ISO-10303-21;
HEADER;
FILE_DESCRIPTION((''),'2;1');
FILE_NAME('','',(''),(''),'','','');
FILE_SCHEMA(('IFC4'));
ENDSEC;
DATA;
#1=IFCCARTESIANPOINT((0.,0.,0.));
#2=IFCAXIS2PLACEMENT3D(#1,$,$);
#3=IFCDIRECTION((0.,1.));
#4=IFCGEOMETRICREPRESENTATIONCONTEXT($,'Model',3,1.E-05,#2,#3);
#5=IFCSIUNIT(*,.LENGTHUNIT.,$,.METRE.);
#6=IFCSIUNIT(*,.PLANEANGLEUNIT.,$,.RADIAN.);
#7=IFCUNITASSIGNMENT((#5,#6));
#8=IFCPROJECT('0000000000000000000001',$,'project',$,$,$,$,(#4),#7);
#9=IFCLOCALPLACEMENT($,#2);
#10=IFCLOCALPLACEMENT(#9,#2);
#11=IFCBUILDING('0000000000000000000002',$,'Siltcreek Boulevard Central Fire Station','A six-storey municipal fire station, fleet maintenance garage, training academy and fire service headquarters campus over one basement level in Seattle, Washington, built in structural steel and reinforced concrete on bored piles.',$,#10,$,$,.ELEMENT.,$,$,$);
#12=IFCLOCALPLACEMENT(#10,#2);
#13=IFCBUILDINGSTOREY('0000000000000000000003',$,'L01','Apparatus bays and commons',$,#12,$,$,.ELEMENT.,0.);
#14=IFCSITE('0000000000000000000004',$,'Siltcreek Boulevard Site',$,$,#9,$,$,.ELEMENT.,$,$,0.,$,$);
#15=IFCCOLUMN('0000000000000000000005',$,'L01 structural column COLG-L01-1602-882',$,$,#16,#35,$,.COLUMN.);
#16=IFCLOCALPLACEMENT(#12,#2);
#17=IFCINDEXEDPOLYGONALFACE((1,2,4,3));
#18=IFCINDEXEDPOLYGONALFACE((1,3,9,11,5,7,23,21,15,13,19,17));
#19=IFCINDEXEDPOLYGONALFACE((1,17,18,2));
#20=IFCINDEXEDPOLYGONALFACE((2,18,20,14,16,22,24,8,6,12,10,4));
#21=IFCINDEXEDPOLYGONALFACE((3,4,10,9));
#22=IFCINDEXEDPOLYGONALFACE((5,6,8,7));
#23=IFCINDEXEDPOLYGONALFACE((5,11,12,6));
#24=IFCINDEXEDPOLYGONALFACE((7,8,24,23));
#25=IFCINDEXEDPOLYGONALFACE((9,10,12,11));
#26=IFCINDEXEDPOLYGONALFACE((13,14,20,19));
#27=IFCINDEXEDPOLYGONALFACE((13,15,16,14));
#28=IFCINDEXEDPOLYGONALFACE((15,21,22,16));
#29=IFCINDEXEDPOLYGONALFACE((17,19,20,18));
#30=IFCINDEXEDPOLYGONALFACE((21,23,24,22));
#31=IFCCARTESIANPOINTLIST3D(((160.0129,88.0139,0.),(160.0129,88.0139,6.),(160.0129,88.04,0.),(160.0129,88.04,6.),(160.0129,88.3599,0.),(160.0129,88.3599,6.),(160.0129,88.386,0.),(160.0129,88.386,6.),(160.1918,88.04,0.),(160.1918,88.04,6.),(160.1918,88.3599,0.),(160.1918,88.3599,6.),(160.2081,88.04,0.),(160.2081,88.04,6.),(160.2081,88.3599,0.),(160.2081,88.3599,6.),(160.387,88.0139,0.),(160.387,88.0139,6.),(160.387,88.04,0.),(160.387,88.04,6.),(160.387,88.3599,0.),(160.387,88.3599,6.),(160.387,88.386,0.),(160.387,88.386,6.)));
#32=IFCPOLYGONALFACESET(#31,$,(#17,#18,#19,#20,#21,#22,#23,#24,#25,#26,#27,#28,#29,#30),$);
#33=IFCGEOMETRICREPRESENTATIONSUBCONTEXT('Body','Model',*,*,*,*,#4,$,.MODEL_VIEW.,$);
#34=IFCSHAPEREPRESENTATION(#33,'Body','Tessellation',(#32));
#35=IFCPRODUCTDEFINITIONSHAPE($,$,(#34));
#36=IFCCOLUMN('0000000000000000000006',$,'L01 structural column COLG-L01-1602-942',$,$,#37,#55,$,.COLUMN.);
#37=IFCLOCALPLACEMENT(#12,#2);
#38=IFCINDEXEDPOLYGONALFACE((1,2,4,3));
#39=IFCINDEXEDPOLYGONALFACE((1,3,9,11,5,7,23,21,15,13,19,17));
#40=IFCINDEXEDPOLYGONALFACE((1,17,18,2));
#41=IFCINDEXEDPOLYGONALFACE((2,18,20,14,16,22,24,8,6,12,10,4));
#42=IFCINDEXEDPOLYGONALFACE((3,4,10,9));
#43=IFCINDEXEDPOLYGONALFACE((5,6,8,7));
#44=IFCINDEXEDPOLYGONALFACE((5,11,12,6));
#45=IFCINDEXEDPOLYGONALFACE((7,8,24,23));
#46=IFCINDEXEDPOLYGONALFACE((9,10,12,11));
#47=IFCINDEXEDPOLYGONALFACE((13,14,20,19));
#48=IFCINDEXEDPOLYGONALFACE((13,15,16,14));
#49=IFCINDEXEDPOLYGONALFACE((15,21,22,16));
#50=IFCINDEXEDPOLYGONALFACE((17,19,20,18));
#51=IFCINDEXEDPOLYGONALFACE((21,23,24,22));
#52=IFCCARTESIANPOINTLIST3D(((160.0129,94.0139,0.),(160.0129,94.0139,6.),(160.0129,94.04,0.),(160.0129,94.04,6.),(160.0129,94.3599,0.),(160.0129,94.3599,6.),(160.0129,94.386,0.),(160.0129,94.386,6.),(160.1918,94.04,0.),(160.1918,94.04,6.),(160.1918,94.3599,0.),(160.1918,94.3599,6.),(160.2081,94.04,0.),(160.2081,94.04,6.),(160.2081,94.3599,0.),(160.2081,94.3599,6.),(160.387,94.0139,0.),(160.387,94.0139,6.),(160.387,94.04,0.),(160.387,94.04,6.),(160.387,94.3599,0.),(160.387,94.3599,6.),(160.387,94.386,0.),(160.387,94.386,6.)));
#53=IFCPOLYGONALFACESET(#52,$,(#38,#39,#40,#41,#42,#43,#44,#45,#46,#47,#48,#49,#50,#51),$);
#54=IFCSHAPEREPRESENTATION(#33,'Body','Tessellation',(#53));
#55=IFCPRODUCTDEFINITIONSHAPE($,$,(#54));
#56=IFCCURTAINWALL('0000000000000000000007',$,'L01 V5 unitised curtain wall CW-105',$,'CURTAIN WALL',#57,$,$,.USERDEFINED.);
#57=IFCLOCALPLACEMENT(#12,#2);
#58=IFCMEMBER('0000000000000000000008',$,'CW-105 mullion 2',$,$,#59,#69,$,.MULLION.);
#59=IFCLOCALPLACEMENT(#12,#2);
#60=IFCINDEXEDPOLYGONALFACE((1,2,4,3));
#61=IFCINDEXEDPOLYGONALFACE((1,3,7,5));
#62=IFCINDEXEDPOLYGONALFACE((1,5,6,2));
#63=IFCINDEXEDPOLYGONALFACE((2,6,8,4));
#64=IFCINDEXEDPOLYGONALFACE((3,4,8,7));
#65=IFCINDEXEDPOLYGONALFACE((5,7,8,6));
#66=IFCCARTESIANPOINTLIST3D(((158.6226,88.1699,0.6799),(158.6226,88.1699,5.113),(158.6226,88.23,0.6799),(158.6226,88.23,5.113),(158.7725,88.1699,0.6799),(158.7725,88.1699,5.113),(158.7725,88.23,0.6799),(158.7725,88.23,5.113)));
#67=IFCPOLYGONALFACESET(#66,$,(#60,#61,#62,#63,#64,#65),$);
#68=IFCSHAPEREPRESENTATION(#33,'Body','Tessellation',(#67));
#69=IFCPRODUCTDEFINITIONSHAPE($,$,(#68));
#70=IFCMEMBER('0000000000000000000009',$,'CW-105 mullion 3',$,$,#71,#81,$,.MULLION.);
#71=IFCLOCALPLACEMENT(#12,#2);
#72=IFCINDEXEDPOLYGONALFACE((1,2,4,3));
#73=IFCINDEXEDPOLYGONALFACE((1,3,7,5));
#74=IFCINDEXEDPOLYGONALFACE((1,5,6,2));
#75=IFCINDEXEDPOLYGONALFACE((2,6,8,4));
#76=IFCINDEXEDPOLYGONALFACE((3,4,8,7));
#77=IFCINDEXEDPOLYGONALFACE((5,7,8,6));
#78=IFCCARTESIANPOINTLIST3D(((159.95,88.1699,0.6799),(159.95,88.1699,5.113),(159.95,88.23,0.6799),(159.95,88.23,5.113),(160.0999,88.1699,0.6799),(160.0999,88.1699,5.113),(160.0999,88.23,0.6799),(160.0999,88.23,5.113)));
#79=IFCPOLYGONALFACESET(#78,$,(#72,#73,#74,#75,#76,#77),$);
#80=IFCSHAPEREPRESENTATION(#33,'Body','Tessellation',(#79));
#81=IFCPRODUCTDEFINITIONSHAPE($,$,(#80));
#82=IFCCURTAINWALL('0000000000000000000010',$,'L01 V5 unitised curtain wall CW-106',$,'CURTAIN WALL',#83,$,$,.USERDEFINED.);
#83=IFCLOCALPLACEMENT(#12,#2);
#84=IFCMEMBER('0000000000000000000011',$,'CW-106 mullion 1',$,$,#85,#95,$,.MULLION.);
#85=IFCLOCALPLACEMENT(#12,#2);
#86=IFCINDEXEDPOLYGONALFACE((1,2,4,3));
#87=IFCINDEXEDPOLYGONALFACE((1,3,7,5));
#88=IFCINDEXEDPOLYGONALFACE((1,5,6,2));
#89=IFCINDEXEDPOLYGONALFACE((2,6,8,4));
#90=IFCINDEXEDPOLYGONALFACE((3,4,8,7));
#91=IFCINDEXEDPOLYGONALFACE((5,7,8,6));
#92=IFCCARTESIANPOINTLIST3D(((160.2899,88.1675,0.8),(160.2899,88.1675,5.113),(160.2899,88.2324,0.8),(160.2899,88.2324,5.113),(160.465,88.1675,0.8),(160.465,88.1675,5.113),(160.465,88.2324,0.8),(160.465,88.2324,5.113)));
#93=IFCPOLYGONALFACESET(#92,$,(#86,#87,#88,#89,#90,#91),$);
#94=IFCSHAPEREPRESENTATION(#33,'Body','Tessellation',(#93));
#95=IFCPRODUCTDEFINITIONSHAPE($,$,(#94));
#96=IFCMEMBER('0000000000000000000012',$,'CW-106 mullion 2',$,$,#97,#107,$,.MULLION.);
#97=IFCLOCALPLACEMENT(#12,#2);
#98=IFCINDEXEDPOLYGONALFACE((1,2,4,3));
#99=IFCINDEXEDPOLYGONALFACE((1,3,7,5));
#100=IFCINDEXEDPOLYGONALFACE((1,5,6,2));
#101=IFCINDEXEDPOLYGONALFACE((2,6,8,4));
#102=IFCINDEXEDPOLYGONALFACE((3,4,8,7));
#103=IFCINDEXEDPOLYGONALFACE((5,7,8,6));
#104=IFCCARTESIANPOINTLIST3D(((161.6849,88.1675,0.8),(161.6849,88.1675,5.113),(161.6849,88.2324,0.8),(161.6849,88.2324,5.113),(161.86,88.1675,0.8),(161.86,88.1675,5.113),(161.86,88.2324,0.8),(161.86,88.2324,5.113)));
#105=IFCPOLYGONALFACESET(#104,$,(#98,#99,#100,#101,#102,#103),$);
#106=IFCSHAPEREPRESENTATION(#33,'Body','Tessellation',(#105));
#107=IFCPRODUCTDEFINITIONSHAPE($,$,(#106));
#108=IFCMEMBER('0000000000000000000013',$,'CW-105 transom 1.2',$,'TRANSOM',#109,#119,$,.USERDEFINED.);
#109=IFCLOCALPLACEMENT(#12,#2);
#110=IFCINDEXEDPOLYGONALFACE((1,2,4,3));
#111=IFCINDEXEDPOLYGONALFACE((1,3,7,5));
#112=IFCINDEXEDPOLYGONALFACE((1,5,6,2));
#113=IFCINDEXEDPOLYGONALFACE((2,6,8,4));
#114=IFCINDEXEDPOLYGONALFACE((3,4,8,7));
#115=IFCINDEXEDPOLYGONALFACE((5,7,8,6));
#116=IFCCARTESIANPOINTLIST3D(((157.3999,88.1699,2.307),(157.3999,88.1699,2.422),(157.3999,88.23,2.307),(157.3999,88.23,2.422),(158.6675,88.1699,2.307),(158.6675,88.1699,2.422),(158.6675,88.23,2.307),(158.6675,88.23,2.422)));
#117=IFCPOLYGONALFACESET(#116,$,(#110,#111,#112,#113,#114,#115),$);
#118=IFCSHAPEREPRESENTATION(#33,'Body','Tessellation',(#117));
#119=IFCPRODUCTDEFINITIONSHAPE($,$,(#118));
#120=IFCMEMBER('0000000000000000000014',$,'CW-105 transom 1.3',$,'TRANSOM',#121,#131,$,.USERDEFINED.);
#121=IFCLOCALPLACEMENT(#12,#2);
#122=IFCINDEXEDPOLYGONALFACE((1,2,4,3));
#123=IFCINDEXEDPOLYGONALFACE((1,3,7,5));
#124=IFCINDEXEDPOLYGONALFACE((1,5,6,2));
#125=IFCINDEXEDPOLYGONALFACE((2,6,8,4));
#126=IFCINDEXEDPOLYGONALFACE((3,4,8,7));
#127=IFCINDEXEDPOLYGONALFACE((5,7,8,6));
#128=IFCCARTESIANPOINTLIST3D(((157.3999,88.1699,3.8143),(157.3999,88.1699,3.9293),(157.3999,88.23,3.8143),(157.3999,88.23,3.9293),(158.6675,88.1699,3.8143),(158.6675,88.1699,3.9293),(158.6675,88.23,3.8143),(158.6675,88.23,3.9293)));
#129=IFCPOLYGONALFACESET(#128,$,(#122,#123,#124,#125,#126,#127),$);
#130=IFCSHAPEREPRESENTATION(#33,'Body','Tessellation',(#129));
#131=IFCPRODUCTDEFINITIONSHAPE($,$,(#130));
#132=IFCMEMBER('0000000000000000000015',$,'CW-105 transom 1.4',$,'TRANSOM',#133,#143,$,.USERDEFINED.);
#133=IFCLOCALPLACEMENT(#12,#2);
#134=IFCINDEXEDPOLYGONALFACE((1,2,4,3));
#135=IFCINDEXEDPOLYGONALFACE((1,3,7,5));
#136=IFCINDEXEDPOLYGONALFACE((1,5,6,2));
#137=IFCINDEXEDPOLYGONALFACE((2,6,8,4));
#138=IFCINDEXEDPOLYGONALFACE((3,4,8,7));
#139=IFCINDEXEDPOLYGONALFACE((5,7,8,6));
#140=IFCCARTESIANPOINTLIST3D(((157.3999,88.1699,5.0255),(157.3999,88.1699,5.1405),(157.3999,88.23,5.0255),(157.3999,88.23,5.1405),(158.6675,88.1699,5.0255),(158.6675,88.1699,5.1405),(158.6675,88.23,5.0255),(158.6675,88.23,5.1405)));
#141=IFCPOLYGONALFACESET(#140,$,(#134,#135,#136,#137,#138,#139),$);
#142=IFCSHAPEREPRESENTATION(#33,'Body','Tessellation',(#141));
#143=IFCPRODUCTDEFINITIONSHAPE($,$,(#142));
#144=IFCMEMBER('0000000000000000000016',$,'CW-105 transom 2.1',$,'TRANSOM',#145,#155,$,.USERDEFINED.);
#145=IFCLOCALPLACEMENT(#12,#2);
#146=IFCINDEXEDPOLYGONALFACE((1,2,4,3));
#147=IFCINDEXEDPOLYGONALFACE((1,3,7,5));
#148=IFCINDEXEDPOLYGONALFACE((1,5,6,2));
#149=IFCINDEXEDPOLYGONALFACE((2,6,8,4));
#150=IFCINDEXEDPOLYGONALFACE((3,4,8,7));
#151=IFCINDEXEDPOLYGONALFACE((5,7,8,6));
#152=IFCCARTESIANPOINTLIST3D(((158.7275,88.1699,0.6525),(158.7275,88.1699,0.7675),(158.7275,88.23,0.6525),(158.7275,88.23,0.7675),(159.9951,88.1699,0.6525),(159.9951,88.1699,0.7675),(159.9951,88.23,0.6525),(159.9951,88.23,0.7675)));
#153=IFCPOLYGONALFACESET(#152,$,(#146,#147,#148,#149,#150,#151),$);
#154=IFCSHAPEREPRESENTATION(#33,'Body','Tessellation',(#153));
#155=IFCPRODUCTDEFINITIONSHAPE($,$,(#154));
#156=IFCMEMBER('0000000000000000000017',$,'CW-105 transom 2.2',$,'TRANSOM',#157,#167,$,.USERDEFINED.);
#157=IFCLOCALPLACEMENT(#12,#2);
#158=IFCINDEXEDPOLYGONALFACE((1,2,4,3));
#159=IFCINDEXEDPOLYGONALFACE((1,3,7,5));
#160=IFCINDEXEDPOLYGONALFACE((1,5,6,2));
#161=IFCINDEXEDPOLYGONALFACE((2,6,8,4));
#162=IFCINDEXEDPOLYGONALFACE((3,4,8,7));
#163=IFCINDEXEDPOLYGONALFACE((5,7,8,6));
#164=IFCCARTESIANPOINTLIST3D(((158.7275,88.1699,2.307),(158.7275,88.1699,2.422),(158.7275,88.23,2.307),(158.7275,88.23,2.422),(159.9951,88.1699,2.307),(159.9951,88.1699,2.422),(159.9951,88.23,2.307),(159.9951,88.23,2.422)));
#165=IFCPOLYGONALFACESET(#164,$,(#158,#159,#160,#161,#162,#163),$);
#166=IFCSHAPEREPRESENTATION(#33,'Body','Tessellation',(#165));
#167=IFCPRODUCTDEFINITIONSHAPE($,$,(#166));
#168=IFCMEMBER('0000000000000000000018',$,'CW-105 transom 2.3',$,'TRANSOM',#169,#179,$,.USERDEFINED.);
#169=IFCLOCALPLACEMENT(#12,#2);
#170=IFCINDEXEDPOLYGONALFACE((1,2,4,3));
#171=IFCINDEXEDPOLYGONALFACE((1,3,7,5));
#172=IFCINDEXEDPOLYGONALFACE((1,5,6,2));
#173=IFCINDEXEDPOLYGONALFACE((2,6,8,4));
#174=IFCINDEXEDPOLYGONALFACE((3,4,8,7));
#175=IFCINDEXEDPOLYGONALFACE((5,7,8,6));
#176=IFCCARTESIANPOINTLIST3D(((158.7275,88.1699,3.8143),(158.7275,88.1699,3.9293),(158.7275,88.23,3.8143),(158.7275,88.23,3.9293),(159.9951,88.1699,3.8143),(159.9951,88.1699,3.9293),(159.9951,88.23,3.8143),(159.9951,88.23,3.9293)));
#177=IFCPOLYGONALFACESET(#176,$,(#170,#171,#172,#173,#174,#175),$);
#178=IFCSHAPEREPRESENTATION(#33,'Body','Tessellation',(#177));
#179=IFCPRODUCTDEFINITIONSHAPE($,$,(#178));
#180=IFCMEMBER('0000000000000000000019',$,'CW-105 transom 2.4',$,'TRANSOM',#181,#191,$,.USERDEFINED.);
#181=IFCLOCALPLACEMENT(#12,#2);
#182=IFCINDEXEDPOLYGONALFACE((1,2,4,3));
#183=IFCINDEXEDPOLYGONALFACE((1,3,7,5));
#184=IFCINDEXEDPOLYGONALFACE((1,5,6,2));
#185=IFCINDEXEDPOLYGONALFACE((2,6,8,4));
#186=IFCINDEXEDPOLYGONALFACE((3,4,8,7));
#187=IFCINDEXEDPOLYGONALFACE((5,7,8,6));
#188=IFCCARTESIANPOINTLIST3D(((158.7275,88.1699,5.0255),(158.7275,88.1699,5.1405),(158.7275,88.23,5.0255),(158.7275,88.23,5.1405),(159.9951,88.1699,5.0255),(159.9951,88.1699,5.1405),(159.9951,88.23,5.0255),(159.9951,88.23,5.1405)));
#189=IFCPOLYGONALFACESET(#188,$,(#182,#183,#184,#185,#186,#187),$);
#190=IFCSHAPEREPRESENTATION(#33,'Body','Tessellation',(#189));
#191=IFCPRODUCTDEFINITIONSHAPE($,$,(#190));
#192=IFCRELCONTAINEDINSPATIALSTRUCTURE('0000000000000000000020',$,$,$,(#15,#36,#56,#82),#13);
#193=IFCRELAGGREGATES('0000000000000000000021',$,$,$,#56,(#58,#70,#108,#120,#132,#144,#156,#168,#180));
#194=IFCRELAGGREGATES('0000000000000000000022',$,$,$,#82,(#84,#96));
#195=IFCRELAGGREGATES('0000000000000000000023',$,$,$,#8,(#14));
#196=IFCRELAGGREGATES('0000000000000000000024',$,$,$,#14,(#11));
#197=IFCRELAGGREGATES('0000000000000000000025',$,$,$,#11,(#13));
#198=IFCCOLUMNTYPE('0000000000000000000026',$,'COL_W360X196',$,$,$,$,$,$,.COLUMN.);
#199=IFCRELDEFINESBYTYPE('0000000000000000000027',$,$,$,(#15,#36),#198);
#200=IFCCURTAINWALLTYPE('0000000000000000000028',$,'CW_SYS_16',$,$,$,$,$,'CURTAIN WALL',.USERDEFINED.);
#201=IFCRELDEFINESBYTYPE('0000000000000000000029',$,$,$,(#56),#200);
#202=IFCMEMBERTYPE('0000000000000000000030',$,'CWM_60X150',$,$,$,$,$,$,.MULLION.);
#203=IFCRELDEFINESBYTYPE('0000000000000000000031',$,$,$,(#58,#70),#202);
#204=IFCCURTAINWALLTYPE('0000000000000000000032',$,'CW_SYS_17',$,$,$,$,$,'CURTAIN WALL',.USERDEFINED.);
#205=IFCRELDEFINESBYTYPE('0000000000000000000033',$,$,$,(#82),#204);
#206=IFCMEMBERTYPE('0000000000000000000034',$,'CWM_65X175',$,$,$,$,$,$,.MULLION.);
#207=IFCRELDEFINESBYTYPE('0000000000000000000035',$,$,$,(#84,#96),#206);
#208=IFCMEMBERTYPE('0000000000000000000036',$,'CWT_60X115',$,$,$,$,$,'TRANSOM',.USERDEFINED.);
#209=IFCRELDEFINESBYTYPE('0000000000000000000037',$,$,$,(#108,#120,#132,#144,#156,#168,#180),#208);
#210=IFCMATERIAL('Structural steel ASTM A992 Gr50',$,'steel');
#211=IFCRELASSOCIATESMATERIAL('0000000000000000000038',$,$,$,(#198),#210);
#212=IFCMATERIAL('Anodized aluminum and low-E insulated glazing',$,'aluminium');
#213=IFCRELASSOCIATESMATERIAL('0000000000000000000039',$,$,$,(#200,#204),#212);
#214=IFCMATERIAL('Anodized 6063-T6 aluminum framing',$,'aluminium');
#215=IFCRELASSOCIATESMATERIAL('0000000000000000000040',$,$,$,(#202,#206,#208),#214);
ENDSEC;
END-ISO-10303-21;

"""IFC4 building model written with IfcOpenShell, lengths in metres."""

from ifc_helpers import new_model, si_unit, direction, frame, origin, origin_2d, place, context, subcontext, project, spatial, rectangle, i_section, extrude, material, material_profile, profile_set, type_object, element, aggregate, save


model = new_model("IFC4")

# Units and contexts
model_context = context("Model", 3, precision=1e-05, world=origin(), true_north=direction((0.0, 1.0)))
body_context = subcontext(model_context, "Body", "Model", "MODEL_VIEW")
ifc_project = project(units=[si_unit("LENGTHUNIT", "METRE"), si_unit("PLANEANGLEUNIT", "RADIAN")], contexts=[model_context])

# Site, building, storey
site_placement = place(None, origin())
site = spatial("IfcSite", under=ifc_project, at=site_placement, Name="Siltcreek Boulevard Site", CompositionType="ELEMENT", RefElevation=0.0)
building_placement = place(site_placement, origin())
building = spatial("IfcBuilding", under=site, at=building_placement, Name="Siltcreek Boulevard Central Fire Station", Description="A six-storey municipal fire station, fleet maintenance garage, training academy and fire service headquarters campus over one basement level in Seattle, Washington, built in structural steel and reinforced concrete on bored piles.", CompositionType="ELEMENT")
storey_placement = place(building_placement, origin())
storey = spatial("IfcBuildingStorey", under=building, at=storey_placement, Name="L01", Description="Apparatus bays and commons", CompositionType="ELEMENT", Elevation=0.0)

# Columns
ifc_material_1 = material(Name="Structural steel ASTM A992 Gr50", Category="steel")
ifc_material_profile_1 = material_profile(ifc_material_1, i_section(OverallWidth=0.374, OverallDepth=0.3721, WebThickness=0.0164, FlangeThickness=0.0261, at=origin_2d()), Name="W360X196")
ifc_profile_set_1 = profile_set([ifc_material_profile_1], Name="Structural steel ASTM A992 Gr50")
column_type = type_object("IfcColumnType", Name="COL_W360X196", PredefinedType="COLUMN", material=ifc_profile_set_1)
for number, where, z_axis, x_axis, name in (
    (1, (160.2, 88.2, 0.0), (0.0, 0.0, 1.0), (1.0, 0.0, 0.0), "L01 structural column COLG-L01-1602-882"),
    (2, (160.2, 94.2, 0.0), (0.0, 0.0, 1.0), (1.0, 0.0, 0.0), "L01 structural column COLG-L01-1602-942"),
):
    element("IfcColumn", number, at=place(storey_placement, frame(where, z_axis=z_axis, x_axis=x_axis)), inside=storey, type_object=column_type, Name=name, PredefinedType="COLUMN", context=body_context, shape_type="SweptSolid", body=[
        extrude(i_section(OverallWidth=0.374, OverallDepth=0.3721, WebThickness=0.0164, FlangeThickness=0.0261, at=origin_2d()), origin(), (0.0, 0.0, 1.0), 6.0),
    ])

# Curtain walls, members
ifc_material_2 = material(Name="Anodized aluminum and low-E insulated glazing", Category="aluminium")
curtain_wall_type_1 = type_object("IfcCurtainWallType", Name="CW_SYS_16", ElementType="CURTAIN WALL", PredefinedType="USERDEFINED", material=ifc_material_2)
curtain_wall_1_placement = place(storey_placement, origin())
curtain_wall_1 = element("IfcCurtainWall", 3, at=curtain_wall_1_placement, inside=storey, type_object=curtain_wall_type_1, Name="L01 V5 unitised curtain wall CW-105", ObjectType="CURTAIN WALL", PredefinedType="USERDEFINED")
ifc_material_3 = material(Name="Anodized 6063-T6 aluminum framing", Category="aluminium")
ifc_material_profile_2 = material_profile(ifc_material_3, rectangle(XDim=0.0601, YDim=0.1499, at=origin_2d()), Name="MULL60X150")
ifc_profile_set_2 = profile_set([ifc_material_profile_2], Name="Anodized 6063-T6 aluminum framing")
member_type_1 = type_object("IfcMemberType", Name="CWM_60X150", PredefinedType="MULLION", material=ifc_profile_set_2)
member_1_placement = place(storey_placement, frame((158.6975, 88.2, 0.6799), z_axis=(0.0, 0.0, 1.0), x_axis=(0.0, 1.0, 0.0)))
member_1 = element("IfcMember", 4, at=member_1_placement, type_object=member_type_1, Name="CW-105 mullion 2", PredefinedType="MULLION", context=body_context, shape_type="SweptSolid", body=[
    extrude(rectangle(XDim=0.0601, YDim=0.1499, at=origin_2d()), origin(), (0.0, 0.0, 1.0), 4.4331),
])
member_2_placement = place(storey_placement, frame((160.0249, 88.2, 0.6799), z_axis=(0.0, 0.0, 1.0), x_axis=(0.0, 1.0, 0.0)))
member_2 = element("IfcMember", 5, at=member_2_placement, type_object=member_type_1, Name="CW-105 mullion 3", PredefinedType="MULLION", context=body_context, shape_type="SweptSolid", body=[
    extrude(rectangle(XDim=0.0601, YDim=0.1499, at=origin_2d()), origin(), (0.0, 0.0, 1.0), 4.4331),
])
curtain_wall_type_2 = type_object("IfcCurtainWallType", Name="CW_SYS_17", ElementType="CURTAIN WALL", PredefinedType="USERDEFINED", material=ifc_material_2)
curtain_wall_2_placement = place(storey_placement, origin())
curtain_wall_2 = element("IfcCurtainWall", 6, at=curtain_wall_2_placement, inside=storey, type_object=curtain_wall_type_2, Name="L01 V5 unitised curtain wall CW-106", ObjectType="CURTAIN WALL", PredefinedType="USERDEFINED")
ifc_material_profile_3 = material_profile(ifc_material_3, rectangle(XDim=0.0649, YDim=0.175, at=origin_2d()), Name="MULL65X175")
ifc_profile_set_3 = profile_set([ifc_material_profile_3], Name="Anodized 6063-T6 aluminum framing")
member_type_2 = type_object("IfcMemberType", Name="CWM_65X175", PredefinedType="MULLION", material=ifc_profile_set_3)
member_3_placement = place(storey_placement, frame((160.3774, 88.2, 0.8), z_axis=(0.0, 0.0, 1.0), x_axis=(0.0, 1.0, 0.0)))
member_3 = element("IfcMember", 7, at=member_3_placement, type_object=member_type_2, Name="CW-106 mullion 1", PredefinedType="MULLION", context=body_context, shape_type="SweptSolid", body=[
    extrude(rectangle(XDim=0.0649, YDim=0.175, at=origin_2d()), origin(), (0.0, 0.0, 1.0), 4.313),
])
member_4_placement = place(storey_placement, frame((161.7725, 88.2, 0.8), z_axis=(0.0, 0.0, 1.0), x_axis=(0.0, 1.0, 0.0)))
member_4 = element("IfcMember", 8, at=member_4_placement, type_object=member_type_2, Name="CW-106 mullion 2", PredefinedType="MULLION", context=body_context, shape_type="SweptSolid", body=[
    extrude(rectangle(XDim=0.0649, YDim=0.175, at=origin_2d()), origin(), (0.0, 0.0, 1.0), 4.313),
])

# Members
ifc_material_profile_4 = material_profile(ifc_material_3, rectangle(XDim=0.0601, YDim=0.115, at=origin_2d()), Name="TRAN60X115")
ifc_profile_set_4 = profile_set([ifc_material_profile_4], Name="Anodized 6063-T6 aluminum framing")
member_type_3 = type_object("IfcMemberType", Name="CWT_60X115", ElementType="TRANSOM", PredefinedType="USERDEFINED", material=ifc_profile_set_4)
member_5_placement = place(storey_placement, frame((157.3999, 88.2, 2.3645), z_axis=(1.0, 0.0, 0.0), x_axis=(0.0, 1.0, 0.0)))
member_5 = element("IfcMember", 9, at=member_5_placement, type_object=member_type_3, Name="CW-105 transom 1.2", ObjectType="TRANSOM", PredefinedType="USERDEFINED", context=body_context, shape_type="SweptSolid", body=[
    extrude(rectangle(XDim=0.0601, YDim=0.115, at=origin_2d()), origin(), (0.0, 0.0, 1.0), 1.2676),
])
member_6_placement = place(storey_placement, frame((157.3999, 88.2, 3.8718), z_axis=(1.0, 0.0, 0.0), x_axis=(0.0, 1.0, 0.0)))
member_6 = element("IfcMember", 10, at=member_6_placement, type_object=member_type_3, Name="CW-105 transom 1.3", ObjectType="TRANSOM", PredefinedType="USERDEFINED", context=body_context, shape_type="SweptSolid", body=[
    extrude(rectangle(XDim=0.0601, YDim=0.115, at=origin_2d()), origin(), (0.0, 0.0, 1.0), 1.2676),
])
member_7_placement = place(storey_placement, frame((157.3999, 88.2, 5.083), z_axis=(1.0, 0.0, 0.0), x_axis=(0.0, 1.0, 0.0)))
member_7 = element("IfcMember", 11, at=member_7_placement, type_object=member_type_3, Name="CW-105 transom 1.4", ObjectType="TRANSOM", PredefinedType="USERDEFINED", context=body_context, shape_type="SweptSolid", body=[
    extrude(rectangle(XDim=0.0601, YDim=0.115, at=origin_2d()), origin(), (0.0, 0.0, 1.0), 1.2676),
])
member_8_placement = place(storey_placement, frame((158.7275, 88.2, 0.71), z_axis=(1.0, 0.0, 0.0), x_axis=(0.0, 1.0, 0.0)))
member_8 = element("IfcMember", 12, at=member_8_placement, type_object=member_type_3, Name="CW-105 transom 2.1", ObjectType="TRANSOM", PredefinedType="USERDEFINED", context=body_context, shape_type="SweptSolid", body=[
    extrude(rectangle(XDim=0.0601, YDim=0.115, at=origin_2d()), origin(), (0.0, 0.0, 1.0), 1.2676),
])
member_9_placement = place(storey_placement, frame((158.7275, 88.2, 2.3645), z_axis=(1.0, 0.0, 0.0), x_axis=(0.0, 1.0, 0.0)))
member_9 = element("IfcMember", 13, at=member_9_placement, type_object=member_type_3, Name="CW-105 transom 2.2", ObjectType="TRANSOM", PredefinedType="USERDEFINED", context=body_context, shape_type="SweptSolid", body=[
    extrude(rectangle(XDim=0.0601, YDim=0.115, at=origin_2d()), origin(), (0.0, 0.0, 1.0), 1.2676),
])
member_10_placement = place(storey_placement, frame((158.7275, 88.2, 3.8718), z_axis=(1.0, 0.0, 0.0), x_axis=(0.0, 1.0, 0.0)))
member_10 = element("IfcMember", 14, at=member_10_placement, type_object=member_type_3, Name="CW-105 transom 2.3", ObjectType="TRANSOM", PredefinedType="USERDEFINED", context=body_context, shape_type="SweptSolid", body=[
    extrude(rectangle(XDim=0.0601, YDim=0.115, at=origin_2d()), origin(), (0.0, 0.0, 1.0), 1.2676),
])
member_11_placement = place(storey_placement, frame((158.7275, 88.2, 5.083), z_axis=(1.0, 0.0, 0.0), x_axis=(0.0, 1.0, 0.0)))
member_11 = element("IfcMember", 15, at=member_11_placement, type_object=member_type_3, Name="CW-105 transom 2.4", ObjectType="TRANSOM", PredefinedType="USERDEFINED", context=body_context, shape_type="SweptSolid", body=[
    extrude(rectangle(XDim=0.0601, YDim=0.115, at=origin_2d()), origin(), (0.0, 0.0, 1.0), 1.2676),
])

aggregate(curtain_wall_1, [member_1, member_2, member_5, member_6, member_7, member_8, member_9, member_10, member_11])
aggregate(curtain_wall_2, [member_3, member_4])

save(model, "model.ifc")
